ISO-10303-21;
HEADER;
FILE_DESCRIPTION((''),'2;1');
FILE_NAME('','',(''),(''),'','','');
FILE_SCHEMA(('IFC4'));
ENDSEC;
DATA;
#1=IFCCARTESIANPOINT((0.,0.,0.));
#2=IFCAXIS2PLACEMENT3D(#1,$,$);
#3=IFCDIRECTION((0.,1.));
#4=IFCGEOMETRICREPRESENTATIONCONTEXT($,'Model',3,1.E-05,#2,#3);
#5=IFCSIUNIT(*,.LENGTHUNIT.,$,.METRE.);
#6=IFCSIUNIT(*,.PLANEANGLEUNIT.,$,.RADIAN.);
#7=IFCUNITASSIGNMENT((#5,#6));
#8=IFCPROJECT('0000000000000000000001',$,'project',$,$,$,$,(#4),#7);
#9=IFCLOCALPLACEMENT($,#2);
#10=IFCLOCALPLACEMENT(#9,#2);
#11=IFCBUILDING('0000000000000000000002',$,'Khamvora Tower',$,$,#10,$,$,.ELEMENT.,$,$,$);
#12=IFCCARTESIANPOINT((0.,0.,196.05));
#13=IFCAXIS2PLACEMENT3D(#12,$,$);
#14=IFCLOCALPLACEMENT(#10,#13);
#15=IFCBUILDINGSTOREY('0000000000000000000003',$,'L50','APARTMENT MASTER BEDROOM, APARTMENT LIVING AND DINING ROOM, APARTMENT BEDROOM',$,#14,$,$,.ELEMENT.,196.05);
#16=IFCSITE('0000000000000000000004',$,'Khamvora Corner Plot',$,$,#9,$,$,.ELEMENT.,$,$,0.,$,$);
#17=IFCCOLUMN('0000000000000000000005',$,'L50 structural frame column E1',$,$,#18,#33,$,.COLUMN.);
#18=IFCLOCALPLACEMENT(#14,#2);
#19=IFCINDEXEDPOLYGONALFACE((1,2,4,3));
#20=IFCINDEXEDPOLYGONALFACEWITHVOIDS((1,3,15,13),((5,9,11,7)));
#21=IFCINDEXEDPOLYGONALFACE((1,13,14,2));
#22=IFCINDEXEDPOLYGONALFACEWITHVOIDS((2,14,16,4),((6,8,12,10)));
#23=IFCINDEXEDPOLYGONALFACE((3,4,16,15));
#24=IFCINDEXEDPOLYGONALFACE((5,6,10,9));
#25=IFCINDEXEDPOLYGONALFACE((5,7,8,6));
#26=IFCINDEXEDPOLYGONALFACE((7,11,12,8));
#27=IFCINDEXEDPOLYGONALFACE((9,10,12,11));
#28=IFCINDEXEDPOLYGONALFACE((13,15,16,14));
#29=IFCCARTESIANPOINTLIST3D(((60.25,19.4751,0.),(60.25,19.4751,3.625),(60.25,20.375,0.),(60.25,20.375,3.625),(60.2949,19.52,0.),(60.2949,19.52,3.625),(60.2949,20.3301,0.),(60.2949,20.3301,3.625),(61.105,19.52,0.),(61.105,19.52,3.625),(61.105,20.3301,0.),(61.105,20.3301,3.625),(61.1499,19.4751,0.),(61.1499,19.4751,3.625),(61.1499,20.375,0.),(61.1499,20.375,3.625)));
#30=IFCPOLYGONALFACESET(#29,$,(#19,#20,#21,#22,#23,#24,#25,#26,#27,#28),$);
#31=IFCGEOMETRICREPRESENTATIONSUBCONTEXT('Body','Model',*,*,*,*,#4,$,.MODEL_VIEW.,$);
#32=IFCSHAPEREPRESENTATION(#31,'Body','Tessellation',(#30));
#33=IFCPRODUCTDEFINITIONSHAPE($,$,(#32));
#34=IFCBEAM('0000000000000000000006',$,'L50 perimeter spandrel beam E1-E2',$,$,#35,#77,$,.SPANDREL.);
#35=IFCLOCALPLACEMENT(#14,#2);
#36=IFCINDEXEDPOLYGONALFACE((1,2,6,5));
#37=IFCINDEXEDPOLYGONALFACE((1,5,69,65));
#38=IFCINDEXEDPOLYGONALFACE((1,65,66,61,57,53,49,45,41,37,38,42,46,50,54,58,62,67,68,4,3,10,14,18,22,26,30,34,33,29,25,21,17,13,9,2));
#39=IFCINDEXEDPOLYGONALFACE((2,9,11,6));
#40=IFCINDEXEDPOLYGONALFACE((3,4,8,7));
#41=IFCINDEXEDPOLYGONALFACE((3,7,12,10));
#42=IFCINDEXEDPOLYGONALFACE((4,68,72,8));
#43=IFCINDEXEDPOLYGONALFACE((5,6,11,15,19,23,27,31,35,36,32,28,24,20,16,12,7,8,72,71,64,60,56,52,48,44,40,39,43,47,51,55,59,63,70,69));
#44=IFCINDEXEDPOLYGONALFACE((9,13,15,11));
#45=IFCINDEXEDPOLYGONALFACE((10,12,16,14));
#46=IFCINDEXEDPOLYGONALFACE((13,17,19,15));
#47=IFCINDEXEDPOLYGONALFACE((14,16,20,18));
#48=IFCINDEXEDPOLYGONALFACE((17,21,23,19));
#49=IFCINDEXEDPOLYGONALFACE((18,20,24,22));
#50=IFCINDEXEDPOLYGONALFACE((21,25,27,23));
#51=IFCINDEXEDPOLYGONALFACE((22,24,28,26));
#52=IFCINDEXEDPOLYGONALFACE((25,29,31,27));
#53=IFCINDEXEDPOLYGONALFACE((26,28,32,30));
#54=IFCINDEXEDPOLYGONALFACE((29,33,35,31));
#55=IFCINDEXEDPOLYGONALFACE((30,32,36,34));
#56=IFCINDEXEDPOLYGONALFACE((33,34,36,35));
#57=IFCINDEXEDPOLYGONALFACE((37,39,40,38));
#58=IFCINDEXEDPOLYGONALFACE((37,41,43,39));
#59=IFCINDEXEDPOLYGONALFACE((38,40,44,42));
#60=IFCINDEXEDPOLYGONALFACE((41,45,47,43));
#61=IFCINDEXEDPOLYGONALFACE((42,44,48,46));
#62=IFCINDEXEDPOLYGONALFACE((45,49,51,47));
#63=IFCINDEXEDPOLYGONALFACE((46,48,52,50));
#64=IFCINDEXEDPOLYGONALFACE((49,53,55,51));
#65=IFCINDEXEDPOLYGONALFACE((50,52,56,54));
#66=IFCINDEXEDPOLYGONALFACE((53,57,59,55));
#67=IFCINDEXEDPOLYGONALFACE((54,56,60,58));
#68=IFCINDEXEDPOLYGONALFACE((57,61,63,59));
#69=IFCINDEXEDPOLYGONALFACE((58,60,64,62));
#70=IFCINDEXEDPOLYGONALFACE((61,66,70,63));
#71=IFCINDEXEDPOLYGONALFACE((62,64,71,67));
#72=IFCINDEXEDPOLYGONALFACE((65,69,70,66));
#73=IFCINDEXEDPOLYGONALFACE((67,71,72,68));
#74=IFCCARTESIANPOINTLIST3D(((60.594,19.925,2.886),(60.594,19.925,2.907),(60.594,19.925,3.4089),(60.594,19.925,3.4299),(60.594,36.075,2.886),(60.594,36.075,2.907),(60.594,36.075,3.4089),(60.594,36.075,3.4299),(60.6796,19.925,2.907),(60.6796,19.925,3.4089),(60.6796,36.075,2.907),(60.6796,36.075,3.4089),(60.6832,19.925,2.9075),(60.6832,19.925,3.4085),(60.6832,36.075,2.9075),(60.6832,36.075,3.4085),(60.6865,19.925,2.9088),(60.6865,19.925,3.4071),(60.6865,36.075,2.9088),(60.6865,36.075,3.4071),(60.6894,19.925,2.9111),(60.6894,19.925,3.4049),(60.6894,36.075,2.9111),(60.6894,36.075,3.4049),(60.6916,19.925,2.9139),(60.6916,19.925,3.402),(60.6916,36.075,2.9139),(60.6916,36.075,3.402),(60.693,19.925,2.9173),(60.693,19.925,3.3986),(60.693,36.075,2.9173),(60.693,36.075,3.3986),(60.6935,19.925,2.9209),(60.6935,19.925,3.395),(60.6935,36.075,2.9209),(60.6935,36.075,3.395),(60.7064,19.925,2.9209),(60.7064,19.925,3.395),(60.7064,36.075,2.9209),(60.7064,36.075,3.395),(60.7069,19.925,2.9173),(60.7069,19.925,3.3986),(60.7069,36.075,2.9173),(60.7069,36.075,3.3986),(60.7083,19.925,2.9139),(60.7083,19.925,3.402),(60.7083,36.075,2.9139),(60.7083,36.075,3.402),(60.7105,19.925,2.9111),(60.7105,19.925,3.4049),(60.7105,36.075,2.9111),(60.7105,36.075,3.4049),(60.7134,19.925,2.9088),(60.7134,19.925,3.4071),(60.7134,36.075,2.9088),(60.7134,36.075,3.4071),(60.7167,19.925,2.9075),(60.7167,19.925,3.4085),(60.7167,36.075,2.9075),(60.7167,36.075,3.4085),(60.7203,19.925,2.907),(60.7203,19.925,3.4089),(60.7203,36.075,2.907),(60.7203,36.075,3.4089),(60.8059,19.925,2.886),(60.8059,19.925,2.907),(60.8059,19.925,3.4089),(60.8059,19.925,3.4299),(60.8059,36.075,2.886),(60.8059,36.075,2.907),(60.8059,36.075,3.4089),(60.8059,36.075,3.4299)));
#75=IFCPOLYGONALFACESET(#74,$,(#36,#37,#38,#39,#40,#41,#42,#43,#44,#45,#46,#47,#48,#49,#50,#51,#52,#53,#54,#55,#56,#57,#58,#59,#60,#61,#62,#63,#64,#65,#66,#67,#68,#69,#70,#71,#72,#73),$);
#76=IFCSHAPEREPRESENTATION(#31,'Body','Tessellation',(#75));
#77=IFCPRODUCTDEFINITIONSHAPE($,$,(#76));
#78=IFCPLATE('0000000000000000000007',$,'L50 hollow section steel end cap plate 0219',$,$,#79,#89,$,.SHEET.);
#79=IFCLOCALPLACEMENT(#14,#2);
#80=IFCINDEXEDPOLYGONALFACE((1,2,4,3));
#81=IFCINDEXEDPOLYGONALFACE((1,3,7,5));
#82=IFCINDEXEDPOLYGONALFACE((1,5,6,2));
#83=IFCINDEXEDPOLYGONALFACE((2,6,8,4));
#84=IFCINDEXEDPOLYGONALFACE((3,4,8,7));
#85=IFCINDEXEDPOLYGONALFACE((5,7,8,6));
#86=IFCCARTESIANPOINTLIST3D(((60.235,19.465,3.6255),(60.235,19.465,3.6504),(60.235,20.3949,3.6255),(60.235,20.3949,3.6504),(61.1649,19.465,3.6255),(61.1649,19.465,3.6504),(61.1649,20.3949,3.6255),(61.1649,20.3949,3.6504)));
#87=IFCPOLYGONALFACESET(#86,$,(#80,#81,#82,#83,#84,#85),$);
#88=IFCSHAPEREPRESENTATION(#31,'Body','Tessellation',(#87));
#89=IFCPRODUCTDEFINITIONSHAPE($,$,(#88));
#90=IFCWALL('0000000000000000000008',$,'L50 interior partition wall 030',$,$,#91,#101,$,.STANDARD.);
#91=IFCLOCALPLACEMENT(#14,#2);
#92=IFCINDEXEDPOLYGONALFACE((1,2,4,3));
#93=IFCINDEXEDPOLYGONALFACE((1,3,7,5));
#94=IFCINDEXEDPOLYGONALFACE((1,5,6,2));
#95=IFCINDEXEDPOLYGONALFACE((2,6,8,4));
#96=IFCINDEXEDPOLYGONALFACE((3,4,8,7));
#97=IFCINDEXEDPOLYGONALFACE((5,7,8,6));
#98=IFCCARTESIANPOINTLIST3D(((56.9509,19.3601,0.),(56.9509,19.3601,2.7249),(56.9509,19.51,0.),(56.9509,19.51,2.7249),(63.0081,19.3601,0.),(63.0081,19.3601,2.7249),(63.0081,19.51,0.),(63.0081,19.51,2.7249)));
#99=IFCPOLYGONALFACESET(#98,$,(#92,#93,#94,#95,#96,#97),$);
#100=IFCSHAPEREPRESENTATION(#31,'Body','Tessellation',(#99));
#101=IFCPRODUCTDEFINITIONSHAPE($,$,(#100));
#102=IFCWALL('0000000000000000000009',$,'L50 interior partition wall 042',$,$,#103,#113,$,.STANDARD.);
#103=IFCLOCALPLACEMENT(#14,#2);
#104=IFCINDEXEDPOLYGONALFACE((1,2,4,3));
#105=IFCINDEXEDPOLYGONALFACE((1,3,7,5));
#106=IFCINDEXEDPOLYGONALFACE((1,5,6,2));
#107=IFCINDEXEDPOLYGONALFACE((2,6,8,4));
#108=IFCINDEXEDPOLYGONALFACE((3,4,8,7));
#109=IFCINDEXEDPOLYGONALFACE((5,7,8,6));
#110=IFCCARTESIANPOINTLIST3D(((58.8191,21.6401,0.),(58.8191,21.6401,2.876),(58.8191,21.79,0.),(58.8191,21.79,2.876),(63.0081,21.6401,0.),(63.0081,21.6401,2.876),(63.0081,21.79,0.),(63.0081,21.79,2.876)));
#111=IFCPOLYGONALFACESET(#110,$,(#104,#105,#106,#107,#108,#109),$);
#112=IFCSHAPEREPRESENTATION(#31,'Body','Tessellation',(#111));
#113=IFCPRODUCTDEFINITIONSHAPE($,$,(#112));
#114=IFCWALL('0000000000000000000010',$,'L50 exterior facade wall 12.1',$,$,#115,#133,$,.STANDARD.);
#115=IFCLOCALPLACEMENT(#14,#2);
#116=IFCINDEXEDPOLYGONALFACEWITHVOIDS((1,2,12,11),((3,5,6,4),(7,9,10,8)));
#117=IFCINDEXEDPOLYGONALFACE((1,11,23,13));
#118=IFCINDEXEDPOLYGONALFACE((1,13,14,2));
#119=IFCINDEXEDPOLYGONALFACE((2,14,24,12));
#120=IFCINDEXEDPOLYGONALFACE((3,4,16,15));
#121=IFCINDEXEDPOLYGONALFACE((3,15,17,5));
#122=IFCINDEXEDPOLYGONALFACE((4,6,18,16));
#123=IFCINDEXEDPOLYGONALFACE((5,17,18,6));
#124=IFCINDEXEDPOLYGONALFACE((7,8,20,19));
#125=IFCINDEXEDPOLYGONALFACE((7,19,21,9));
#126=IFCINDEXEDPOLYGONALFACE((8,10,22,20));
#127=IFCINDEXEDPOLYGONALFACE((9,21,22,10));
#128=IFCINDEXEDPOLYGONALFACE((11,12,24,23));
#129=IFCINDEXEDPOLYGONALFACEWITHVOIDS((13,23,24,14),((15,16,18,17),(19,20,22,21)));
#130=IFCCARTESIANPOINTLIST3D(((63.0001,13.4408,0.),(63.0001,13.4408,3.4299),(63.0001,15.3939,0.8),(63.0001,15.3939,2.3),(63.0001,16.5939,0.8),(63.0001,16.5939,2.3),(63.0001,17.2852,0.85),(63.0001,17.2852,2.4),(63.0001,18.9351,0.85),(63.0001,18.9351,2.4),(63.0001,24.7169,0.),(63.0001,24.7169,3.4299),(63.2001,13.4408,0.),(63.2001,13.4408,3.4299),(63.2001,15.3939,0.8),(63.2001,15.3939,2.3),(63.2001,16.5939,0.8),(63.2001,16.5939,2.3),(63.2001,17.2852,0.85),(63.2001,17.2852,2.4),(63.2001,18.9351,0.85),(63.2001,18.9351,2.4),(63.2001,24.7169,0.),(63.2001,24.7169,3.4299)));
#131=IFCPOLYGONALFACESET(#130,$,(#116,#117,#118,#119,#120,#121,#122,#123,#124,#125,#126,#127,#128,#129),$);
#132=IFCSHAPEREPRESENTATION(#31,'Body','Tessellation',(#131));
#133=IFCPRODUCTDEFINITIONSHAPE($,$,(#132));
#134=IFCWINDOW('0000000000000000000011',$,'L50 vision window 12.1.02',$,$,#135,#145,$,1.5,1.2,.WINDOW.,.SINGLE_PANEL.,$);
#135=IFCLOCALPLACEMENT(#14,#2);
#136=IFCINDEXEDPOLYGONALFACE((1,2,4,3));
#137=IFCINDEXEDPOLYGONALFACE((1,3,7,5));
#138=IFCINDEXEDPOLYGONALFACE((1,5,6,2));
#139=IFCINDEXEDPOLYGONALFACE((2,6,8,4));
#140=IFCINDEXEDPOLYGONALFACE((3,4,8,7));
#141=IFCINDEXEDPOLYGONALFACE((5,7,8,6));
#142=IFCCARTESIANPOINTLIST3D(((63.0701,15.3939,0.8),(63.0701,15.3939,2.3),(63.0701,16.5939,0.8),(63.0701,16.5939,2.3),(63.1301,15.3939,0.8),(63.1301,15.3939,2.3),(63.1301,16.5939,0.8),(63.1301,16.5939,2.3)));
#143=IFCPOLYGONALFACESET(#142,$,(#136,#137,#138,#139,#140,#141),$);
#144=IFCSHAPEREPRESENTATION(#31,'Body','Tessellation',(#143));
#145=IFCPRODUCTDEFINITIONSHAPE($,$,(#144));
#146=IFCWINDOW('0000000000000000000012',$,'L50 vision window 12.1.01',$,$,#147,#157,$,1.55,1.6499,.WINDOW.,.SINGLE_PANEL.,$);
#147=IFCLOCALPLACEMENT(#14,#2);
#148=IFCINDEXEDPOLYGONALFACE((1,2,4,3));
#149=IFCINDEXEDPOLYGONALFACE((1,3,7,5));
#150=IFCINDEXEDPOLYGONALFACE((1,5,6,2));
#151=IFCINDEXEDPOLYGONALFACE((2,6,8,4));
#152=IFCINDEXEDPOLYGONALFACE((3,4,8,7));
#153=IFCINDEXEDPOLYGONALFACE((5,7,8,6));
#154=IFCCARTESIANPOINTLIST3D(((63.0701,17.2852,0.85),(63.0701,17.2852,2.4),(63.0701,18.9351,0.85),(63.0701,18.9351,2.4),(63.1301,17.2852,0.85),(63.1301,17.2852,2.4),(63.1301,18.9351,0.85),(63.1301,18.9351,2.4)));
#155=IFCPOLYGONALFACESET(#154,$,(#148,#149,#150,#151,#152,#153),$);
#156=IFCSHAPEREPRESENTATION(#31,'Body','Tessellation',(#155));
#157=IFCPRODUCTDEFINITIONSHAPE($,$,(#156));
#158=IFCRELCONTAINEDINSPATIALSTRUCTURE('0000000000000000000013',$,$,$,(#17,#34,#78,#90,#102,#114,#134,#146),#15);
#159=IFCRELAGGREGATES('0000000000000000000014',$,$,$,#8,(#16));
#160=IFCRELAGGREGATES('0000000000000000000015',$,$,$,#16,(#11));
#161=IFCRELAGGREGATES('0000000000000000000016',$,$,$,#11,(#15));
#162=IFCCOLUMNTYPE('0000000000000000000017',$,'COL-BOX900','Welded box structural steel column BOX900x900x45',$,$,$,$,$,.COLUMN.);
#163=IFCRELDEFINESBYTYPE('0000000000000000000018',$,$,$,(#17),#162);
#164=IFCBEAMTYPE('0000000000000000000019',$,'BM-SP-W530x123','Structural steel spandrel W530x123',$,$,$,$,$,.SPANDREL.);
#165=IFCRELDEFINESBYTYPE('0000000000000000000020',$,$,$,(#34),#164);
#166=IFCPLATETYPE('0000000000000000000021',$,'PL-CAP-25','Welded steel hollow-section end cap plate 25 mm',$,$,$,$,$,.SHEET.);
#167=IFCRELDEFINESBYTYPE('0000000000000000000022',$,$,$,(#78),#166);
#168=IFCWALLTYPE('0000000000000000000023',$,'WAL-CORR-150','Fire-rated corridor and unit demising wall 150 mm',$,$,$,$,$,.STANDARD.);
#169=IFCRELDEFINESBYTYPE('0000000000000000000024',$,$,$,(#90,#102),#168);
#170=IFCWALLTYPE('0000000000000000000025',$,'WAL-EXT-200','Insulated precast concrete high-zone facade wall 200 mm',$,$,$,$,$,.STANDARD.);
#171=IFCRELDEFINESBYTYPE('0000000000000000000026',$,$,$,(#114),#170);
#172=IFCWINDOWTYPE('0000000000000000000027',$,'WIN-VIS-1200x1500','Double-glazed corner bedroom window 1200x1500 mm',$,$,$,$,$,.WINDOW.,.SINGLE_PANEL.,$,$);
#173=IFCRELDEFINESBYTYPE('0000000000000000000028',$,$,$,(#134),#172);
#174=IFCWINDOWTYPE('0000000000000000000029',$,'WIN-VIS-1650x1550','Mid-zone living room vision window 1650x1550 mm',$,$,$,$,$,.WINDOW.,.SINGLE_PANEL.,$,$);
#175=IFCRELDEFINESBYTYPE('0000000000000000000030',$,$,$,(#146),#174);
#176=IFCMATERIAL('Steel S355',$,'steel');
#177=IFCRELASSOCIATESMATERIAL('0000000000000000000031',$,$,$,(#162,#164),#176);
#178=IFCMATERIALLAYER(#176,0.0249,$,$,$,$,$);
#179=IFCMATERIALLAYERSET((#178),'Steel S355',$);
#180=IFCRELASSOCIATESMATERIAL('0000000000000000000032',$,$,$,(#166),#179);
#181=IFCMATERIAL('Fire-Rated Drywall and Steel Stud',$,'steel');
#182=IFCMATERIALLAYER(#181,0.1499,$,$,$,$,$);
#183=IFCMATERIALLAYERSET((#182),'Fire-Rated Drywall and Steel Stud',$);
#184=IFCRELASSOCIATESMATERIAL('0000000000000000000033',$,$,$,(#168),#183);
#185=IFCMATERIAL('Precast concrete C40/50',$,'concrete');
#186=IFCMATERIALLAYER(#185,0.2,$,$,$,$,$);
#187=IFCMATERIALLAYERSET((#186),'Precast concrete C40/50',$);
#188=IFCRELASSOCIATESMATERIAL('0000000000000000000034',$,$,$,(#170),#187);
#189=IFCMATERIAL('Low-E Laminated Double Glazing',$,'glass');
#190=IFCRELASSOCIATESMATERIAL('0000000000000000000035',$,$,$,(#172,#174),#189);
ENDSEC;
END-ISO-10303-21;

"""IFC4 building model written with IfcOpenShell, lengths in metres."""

from ifc_helpers import new_model, si_unit, direction, frame, frame_2d, origin, origin_2d, place, context, subcontext, project, spatial, rectangle, hollow_rectangle, i_section, extrude, material, layer, layer_set, material_profile, profile_set, type_object, element, fill, save


model = new_model("IFC4")

# Units and contexts
model_context = context("Model", 3, precision=1e-05, world=origin(), true_north=direction((0.0, 1.0)))
body_context = subcontext(model_context, "Body", "Model", "MODEL_VIEW")
ifc_project = project(units=[si_unit("LENGTHUNIT", "METRE"), si_unit("PLANEANGLEUNIT", "RADIAN")], contexts=[model_context])

# Site, building, storey
site_placement = place(None, origin())
site = spatial("IfcSite", under=ifc_project, at=site_placement, Name="Khamvora Corner Plot", CompositionType="ELEMENT", RefElevation=0.0)
building_placement = place(site_placement, origin())
building = spatial("IfcBuilding", under=site, at=building_placement, Name="Khamvora Tower", CompositionType="ELEMENT")
storey_placement = place(building_placement, frame((0.0, 0.0, 196.05)))
storey = spatial("IfcBuildingStorey", under=building, at=storey_placement, Name="L50", Description="APARTMENT MASTER BEDROOM, APARTMENT LIVING AND DINING ROOM, APARTMENT BEDROOM", CompositionType="ELEMENT", Elevation=196.05)

# Column
ifc_material_1 = material(Name="Steel S355", Category="steel")
ifc_material_profile_1 = material_profile(ifc_material_1, hollow_rectangle(XDim=0.8999, YDim=0.8999, WallThickness=0.0449, at=origin_2d()), Name="BOX900x900x45")
ifc_profile_set_1 = profile_set([ifc_material_profile_1], Name="Steel S355")
column_type = type_object("IfcColumnType", Name="COL-BOX900", Description="Welded box structural steel column BOX900x900x45", PredefinedType="COLUMN", material=ifc_profile_set_1)
column_placement = place(storey_placement, frame((60.7, 19.925, 0.0), z_axis=(0.0, 0.0, 1.0), x_axis=(1.0, 0.0, 0.0)))
element("IfcColumn", 1, at=column_placement, inside=storey, type_object=column_type, Name="L50 structural frame column E1", PredefinedType="COLUMN", context=body_context, shape_type="SweptSolid", body=[
    extrude(hollow_rectangle(XDim=0.8999, YDim=0.8999, WallThickness=0.0449, at=origin_2d()), origin(), (0.0, 0.0, 1.0), 3.625),
])

# Beam
ifc_material_profile_2 = material_profile(ifc_material_1, i_section(OverallWidth=0.2119, OverallDepth=0.5439, WebThickness=0.0129, FlangeThickness=0.021, FilletRadius=0.0139, at=origin_2d()), Name="W530x123")
ifc_profile_set_2 = profile_set([ifc_material_profile_2], Name="Steel S355")
beam_type = type_object("IfcBeamType", Name="BM-SP-W530x123", Description="Structural steel spandrel W530x123", PredefinedType="SPANDREL", material=ifc_profile_set_2)
beam_placement = place(storey_placement, frame((60.7, 19.925, 3.158), z_axis=(0.0, 1.0, 0.0), x_axis=(-1.0, 0.0, 0.0)))
element("IfcBeam", 2, at=beam_placement, inside=storey, type_object=beam_type, Name="L50 perimeter spandrel beam E1-E2", PredefinedType="SPANDREL", context=body_context, shape_type="SweptSolid", body=[
    extrude(i_section(OverallWidth=0.2119, OverallDepth=0.5439, WebThickness=0.0129, FlangeThickness=0.021, FilletRadius=0.0139, at=origin_2d()), origin(), (0.0, 0.0, 1.0), 16.1499),
])

# Plate
ifc_layer_1 = layer(ifc_material_1, 0.0249)
ifc_layer_set_1 = layer_set([ifc_layer_1], Name="Steel S355")
plate_type = type_object("IfcPlateType", Name="PL-CAP-25", Description="Welded steel hollow-section end cap plate 25 mm", PredefinedType="SHEET", material=ifc_layer_set_1)
plate_placement = place(storey_placement, frame((60.7, 19.9299, 3.6255), z_axis=(0.0, 0.0, 1.0), x_axis=(1.0, 0.0, 0.0)))
element("IfcPlate", 3, at=plate_placement, inside=storey, type_object=plate_type, Name="L50 hollow section steel end cap plate 0219", PredefinedType="SHEET", context=body_context, shape_type="SweptSolid", body=[
    extrude(rectangle(XDim=0.9299, YDim=0.9299, at=origin_2d()), origin(), (0.0, 0.0, 1.0), 0.0249),
])

# Wall
ifc_material_2 = material(Name="Fire-Rated Drywall and Steel Stud", Category="steel")
ifc_layer_2 = layer(ifc_material_2, 0.1499)
ifc_layer_set_2 = layer_set([ifc_layer_2], Name="Fire-Rated Drywall and Steel Stud")
wall_type_1 = type_object("IfcWallType", Name="WAL-CORR-150", Description="Fire-rated corridor and unit demising wall 150 mm", PredefinedType="STANDARD", material=ifc_layer_set_2)
wall_1_placement = place(storey_placement, frame((63.0081, 19.4351, 0.0), z_axis=(0.0, 0.0, 1.0), x_axis=(-1.0, 0.0, 0.0)))
element("IfcWall", 4, at=wall_1_placement, inside=storey, type_object=wall_type_1, Name="L50 interior partition wall 030", PredefinedType="STANDARD", context=body_context, shape_type="SweptSolid", body=[
    extrude(rectangle(XDim=6.0571, YDim=0.1499, at=frame_2d((3.0286, 0.0))), origin(), (0.0, 0.0, 1.0), 2.7249),
])

# Wall
wall_2_placement = place(storey_placement, frame((58.8191, 21.7151, 0.0), z_axis=(0.0, 0.0, 1.0), x_axis=(1.0, 0.0, 0.0)))
element("IfcWall", 5, at=wall_2_placement, inside=storey, type_object=wall_type_1, Name="L50 interior partition wall 042", PredefinedType="STANDARD", context=body_context, shape_type="SweptSolid", body=[
    extrude(rectangle(XDim=4.189, YDim=0.1499, at=frame_2d((2.0945, 0.0))), origin(), (0.0, 0.0, 1.0), 2.876),
])

# Wall, openings, windows
ifc_material_3 = material(Name="Precast concrete C40/50", Category="concrete")
ifc_layer_3 = layer(ifc_material_3, 0.2)
ifc_layer_set_3 = layer_set([ifc_layer_3], Name="Precast concrete C40/50")
wall_type_2 = type_object("IfcWallType", Name="WAL-EXT-200", Description="Insulated precast concrete high-zone facade wall 200 mm", PredefinedType="STANDARD", material=ifc_layer_set_3)
wall_3_placement = place(storey_placement, frame((63.1001, 24.717, 0.0), z_axis=(0.0, 0.0, 1.0), x_axis=(0.0, -1.0, 0.0)))
wall_3 = element("IfcWall", 6, at=wall_3_placement, inside=storey, type_object=wall_type_2, Name="L50 exterior facade wall 12.1", PredefinedType="STANDARD", context=body_context, shape_type="SweptSolid", body=[
    extrude(rectangle(XDim=11.2761, YDim=0.2, at=frame_2d((5.6382, 0.0))), origin(), (0.0, 0.0, 1.0), 3.4299),
])
opening_1_placement = place(wall_3_placement, frame((5.782, 0.0, 0.8501)))
opening_1 = element("IfcOpeningElement", 7, at=opening_1_placement, cuts=wall_3, PredefinedType="OPENING", context=body_context, shape_type="SweptSolid", body=[
    extrude(rectangle(XDim=1.6499, YDim=1.55, at=frame_2d((0.825, 0.7749))), frame((0.0, 0.1099, 0.0), z_axis=(0.0, -1.0, 0.0), x_axis=(1.0, 0.0, 0.0)), (0.0, 0.0, 1.0), 0.22),
])
opening_2_placement = place(wall_3_placement, frame((8.123, 0.0, 0.8)))
opening_2 = element("IfcOpeningElement", 8, at=opening_2_placement, cuts=wall_3, PredefinedType="OPENING", context=body_context, shape_type="SweptSolid", body=[
    extrude(rectangle(XDim=1.2, YDim=1.5, at=frame_2d((0.6001, 0.75))), frame((0.0, 0.1099, 0.0), z_axis=(0.0, -1.0, 0.0), x_axis=(1.0, 0.0, 0.0)), (0.0, 0.0, 1.0), 0.22),
])
ifc_material_4 = material(Name="Low-E Laminated Double Glazing", Category="glass")
window_type_1 = type_object("IfcWindowType", Name="WIN-VIS-1200x1500", Description="Double-glazed corner bedroom window 1200x1500 mm", PartitioningType="SINGLE_PANEL", PredefinedType="WINDOW", material=ifc_material_4)
window_1_placement = place(opening_2_placement, origin())
window_1 = element("IfcWindow", 9, at=window_1_placement, inside=storey, type_object=window_type_1, Name="L50 vision window 12.1.02", OverallHeight=1.5, OverallWidth=1.2, PartitioningType="SINGLE_PANEL", PredefinedType="WINDOW", context=body_context, shape_type="SweptSolid", body=[
    extrude(rectangle(XDim=1.2, YDim=1.5, at=frame_2d((0.6001, 0.75))), frame((0.0, 0.03, 0.0), z_axis=(0.0, -1.0, 0.0), x_axis=(1.0, 0.0, 0.0)), (0.0, 0.0, 1.0), 0.0601),
])
fill(opening_2, window_1)
window_type_2 = type_object("IfcWindowType", Name="WIN-VIS-1650x1550", Description="Mid-zone living room vision window 1650x1550 mm", PartitioningType="SINGLE_PANEL", PredefinedType="WINDOW", material=ifc_material_4)
window_2_placement = place(opening_1_placement, origin())
window_2 = element("IfcWindow", 10, at=window_2_placement, inside=storey, type_object=window_type_2, Name="L50 vision window 12.1.01", OverallHeight=1.55, OverallWidth=1.6499, PartitioningType="SINGLE_PANEL", PredefinedType="WINDOW", context=body_context, shape_type="SweptSolid", body=[
    extrude(rectangle(XDim=1.6499, YDim=1.55, at=frame_2d((0.825, 0.7749))), frame((0.0, 0.03, 0.0), z_axis=(0.0, -1.0, 0.0), x_axis=(1.0, 0.0, 0.0)), (0.0, 0.0, 1.0), 0.0601),
])
fill(opening_1, window_2)

save(model, "model.ifc")
